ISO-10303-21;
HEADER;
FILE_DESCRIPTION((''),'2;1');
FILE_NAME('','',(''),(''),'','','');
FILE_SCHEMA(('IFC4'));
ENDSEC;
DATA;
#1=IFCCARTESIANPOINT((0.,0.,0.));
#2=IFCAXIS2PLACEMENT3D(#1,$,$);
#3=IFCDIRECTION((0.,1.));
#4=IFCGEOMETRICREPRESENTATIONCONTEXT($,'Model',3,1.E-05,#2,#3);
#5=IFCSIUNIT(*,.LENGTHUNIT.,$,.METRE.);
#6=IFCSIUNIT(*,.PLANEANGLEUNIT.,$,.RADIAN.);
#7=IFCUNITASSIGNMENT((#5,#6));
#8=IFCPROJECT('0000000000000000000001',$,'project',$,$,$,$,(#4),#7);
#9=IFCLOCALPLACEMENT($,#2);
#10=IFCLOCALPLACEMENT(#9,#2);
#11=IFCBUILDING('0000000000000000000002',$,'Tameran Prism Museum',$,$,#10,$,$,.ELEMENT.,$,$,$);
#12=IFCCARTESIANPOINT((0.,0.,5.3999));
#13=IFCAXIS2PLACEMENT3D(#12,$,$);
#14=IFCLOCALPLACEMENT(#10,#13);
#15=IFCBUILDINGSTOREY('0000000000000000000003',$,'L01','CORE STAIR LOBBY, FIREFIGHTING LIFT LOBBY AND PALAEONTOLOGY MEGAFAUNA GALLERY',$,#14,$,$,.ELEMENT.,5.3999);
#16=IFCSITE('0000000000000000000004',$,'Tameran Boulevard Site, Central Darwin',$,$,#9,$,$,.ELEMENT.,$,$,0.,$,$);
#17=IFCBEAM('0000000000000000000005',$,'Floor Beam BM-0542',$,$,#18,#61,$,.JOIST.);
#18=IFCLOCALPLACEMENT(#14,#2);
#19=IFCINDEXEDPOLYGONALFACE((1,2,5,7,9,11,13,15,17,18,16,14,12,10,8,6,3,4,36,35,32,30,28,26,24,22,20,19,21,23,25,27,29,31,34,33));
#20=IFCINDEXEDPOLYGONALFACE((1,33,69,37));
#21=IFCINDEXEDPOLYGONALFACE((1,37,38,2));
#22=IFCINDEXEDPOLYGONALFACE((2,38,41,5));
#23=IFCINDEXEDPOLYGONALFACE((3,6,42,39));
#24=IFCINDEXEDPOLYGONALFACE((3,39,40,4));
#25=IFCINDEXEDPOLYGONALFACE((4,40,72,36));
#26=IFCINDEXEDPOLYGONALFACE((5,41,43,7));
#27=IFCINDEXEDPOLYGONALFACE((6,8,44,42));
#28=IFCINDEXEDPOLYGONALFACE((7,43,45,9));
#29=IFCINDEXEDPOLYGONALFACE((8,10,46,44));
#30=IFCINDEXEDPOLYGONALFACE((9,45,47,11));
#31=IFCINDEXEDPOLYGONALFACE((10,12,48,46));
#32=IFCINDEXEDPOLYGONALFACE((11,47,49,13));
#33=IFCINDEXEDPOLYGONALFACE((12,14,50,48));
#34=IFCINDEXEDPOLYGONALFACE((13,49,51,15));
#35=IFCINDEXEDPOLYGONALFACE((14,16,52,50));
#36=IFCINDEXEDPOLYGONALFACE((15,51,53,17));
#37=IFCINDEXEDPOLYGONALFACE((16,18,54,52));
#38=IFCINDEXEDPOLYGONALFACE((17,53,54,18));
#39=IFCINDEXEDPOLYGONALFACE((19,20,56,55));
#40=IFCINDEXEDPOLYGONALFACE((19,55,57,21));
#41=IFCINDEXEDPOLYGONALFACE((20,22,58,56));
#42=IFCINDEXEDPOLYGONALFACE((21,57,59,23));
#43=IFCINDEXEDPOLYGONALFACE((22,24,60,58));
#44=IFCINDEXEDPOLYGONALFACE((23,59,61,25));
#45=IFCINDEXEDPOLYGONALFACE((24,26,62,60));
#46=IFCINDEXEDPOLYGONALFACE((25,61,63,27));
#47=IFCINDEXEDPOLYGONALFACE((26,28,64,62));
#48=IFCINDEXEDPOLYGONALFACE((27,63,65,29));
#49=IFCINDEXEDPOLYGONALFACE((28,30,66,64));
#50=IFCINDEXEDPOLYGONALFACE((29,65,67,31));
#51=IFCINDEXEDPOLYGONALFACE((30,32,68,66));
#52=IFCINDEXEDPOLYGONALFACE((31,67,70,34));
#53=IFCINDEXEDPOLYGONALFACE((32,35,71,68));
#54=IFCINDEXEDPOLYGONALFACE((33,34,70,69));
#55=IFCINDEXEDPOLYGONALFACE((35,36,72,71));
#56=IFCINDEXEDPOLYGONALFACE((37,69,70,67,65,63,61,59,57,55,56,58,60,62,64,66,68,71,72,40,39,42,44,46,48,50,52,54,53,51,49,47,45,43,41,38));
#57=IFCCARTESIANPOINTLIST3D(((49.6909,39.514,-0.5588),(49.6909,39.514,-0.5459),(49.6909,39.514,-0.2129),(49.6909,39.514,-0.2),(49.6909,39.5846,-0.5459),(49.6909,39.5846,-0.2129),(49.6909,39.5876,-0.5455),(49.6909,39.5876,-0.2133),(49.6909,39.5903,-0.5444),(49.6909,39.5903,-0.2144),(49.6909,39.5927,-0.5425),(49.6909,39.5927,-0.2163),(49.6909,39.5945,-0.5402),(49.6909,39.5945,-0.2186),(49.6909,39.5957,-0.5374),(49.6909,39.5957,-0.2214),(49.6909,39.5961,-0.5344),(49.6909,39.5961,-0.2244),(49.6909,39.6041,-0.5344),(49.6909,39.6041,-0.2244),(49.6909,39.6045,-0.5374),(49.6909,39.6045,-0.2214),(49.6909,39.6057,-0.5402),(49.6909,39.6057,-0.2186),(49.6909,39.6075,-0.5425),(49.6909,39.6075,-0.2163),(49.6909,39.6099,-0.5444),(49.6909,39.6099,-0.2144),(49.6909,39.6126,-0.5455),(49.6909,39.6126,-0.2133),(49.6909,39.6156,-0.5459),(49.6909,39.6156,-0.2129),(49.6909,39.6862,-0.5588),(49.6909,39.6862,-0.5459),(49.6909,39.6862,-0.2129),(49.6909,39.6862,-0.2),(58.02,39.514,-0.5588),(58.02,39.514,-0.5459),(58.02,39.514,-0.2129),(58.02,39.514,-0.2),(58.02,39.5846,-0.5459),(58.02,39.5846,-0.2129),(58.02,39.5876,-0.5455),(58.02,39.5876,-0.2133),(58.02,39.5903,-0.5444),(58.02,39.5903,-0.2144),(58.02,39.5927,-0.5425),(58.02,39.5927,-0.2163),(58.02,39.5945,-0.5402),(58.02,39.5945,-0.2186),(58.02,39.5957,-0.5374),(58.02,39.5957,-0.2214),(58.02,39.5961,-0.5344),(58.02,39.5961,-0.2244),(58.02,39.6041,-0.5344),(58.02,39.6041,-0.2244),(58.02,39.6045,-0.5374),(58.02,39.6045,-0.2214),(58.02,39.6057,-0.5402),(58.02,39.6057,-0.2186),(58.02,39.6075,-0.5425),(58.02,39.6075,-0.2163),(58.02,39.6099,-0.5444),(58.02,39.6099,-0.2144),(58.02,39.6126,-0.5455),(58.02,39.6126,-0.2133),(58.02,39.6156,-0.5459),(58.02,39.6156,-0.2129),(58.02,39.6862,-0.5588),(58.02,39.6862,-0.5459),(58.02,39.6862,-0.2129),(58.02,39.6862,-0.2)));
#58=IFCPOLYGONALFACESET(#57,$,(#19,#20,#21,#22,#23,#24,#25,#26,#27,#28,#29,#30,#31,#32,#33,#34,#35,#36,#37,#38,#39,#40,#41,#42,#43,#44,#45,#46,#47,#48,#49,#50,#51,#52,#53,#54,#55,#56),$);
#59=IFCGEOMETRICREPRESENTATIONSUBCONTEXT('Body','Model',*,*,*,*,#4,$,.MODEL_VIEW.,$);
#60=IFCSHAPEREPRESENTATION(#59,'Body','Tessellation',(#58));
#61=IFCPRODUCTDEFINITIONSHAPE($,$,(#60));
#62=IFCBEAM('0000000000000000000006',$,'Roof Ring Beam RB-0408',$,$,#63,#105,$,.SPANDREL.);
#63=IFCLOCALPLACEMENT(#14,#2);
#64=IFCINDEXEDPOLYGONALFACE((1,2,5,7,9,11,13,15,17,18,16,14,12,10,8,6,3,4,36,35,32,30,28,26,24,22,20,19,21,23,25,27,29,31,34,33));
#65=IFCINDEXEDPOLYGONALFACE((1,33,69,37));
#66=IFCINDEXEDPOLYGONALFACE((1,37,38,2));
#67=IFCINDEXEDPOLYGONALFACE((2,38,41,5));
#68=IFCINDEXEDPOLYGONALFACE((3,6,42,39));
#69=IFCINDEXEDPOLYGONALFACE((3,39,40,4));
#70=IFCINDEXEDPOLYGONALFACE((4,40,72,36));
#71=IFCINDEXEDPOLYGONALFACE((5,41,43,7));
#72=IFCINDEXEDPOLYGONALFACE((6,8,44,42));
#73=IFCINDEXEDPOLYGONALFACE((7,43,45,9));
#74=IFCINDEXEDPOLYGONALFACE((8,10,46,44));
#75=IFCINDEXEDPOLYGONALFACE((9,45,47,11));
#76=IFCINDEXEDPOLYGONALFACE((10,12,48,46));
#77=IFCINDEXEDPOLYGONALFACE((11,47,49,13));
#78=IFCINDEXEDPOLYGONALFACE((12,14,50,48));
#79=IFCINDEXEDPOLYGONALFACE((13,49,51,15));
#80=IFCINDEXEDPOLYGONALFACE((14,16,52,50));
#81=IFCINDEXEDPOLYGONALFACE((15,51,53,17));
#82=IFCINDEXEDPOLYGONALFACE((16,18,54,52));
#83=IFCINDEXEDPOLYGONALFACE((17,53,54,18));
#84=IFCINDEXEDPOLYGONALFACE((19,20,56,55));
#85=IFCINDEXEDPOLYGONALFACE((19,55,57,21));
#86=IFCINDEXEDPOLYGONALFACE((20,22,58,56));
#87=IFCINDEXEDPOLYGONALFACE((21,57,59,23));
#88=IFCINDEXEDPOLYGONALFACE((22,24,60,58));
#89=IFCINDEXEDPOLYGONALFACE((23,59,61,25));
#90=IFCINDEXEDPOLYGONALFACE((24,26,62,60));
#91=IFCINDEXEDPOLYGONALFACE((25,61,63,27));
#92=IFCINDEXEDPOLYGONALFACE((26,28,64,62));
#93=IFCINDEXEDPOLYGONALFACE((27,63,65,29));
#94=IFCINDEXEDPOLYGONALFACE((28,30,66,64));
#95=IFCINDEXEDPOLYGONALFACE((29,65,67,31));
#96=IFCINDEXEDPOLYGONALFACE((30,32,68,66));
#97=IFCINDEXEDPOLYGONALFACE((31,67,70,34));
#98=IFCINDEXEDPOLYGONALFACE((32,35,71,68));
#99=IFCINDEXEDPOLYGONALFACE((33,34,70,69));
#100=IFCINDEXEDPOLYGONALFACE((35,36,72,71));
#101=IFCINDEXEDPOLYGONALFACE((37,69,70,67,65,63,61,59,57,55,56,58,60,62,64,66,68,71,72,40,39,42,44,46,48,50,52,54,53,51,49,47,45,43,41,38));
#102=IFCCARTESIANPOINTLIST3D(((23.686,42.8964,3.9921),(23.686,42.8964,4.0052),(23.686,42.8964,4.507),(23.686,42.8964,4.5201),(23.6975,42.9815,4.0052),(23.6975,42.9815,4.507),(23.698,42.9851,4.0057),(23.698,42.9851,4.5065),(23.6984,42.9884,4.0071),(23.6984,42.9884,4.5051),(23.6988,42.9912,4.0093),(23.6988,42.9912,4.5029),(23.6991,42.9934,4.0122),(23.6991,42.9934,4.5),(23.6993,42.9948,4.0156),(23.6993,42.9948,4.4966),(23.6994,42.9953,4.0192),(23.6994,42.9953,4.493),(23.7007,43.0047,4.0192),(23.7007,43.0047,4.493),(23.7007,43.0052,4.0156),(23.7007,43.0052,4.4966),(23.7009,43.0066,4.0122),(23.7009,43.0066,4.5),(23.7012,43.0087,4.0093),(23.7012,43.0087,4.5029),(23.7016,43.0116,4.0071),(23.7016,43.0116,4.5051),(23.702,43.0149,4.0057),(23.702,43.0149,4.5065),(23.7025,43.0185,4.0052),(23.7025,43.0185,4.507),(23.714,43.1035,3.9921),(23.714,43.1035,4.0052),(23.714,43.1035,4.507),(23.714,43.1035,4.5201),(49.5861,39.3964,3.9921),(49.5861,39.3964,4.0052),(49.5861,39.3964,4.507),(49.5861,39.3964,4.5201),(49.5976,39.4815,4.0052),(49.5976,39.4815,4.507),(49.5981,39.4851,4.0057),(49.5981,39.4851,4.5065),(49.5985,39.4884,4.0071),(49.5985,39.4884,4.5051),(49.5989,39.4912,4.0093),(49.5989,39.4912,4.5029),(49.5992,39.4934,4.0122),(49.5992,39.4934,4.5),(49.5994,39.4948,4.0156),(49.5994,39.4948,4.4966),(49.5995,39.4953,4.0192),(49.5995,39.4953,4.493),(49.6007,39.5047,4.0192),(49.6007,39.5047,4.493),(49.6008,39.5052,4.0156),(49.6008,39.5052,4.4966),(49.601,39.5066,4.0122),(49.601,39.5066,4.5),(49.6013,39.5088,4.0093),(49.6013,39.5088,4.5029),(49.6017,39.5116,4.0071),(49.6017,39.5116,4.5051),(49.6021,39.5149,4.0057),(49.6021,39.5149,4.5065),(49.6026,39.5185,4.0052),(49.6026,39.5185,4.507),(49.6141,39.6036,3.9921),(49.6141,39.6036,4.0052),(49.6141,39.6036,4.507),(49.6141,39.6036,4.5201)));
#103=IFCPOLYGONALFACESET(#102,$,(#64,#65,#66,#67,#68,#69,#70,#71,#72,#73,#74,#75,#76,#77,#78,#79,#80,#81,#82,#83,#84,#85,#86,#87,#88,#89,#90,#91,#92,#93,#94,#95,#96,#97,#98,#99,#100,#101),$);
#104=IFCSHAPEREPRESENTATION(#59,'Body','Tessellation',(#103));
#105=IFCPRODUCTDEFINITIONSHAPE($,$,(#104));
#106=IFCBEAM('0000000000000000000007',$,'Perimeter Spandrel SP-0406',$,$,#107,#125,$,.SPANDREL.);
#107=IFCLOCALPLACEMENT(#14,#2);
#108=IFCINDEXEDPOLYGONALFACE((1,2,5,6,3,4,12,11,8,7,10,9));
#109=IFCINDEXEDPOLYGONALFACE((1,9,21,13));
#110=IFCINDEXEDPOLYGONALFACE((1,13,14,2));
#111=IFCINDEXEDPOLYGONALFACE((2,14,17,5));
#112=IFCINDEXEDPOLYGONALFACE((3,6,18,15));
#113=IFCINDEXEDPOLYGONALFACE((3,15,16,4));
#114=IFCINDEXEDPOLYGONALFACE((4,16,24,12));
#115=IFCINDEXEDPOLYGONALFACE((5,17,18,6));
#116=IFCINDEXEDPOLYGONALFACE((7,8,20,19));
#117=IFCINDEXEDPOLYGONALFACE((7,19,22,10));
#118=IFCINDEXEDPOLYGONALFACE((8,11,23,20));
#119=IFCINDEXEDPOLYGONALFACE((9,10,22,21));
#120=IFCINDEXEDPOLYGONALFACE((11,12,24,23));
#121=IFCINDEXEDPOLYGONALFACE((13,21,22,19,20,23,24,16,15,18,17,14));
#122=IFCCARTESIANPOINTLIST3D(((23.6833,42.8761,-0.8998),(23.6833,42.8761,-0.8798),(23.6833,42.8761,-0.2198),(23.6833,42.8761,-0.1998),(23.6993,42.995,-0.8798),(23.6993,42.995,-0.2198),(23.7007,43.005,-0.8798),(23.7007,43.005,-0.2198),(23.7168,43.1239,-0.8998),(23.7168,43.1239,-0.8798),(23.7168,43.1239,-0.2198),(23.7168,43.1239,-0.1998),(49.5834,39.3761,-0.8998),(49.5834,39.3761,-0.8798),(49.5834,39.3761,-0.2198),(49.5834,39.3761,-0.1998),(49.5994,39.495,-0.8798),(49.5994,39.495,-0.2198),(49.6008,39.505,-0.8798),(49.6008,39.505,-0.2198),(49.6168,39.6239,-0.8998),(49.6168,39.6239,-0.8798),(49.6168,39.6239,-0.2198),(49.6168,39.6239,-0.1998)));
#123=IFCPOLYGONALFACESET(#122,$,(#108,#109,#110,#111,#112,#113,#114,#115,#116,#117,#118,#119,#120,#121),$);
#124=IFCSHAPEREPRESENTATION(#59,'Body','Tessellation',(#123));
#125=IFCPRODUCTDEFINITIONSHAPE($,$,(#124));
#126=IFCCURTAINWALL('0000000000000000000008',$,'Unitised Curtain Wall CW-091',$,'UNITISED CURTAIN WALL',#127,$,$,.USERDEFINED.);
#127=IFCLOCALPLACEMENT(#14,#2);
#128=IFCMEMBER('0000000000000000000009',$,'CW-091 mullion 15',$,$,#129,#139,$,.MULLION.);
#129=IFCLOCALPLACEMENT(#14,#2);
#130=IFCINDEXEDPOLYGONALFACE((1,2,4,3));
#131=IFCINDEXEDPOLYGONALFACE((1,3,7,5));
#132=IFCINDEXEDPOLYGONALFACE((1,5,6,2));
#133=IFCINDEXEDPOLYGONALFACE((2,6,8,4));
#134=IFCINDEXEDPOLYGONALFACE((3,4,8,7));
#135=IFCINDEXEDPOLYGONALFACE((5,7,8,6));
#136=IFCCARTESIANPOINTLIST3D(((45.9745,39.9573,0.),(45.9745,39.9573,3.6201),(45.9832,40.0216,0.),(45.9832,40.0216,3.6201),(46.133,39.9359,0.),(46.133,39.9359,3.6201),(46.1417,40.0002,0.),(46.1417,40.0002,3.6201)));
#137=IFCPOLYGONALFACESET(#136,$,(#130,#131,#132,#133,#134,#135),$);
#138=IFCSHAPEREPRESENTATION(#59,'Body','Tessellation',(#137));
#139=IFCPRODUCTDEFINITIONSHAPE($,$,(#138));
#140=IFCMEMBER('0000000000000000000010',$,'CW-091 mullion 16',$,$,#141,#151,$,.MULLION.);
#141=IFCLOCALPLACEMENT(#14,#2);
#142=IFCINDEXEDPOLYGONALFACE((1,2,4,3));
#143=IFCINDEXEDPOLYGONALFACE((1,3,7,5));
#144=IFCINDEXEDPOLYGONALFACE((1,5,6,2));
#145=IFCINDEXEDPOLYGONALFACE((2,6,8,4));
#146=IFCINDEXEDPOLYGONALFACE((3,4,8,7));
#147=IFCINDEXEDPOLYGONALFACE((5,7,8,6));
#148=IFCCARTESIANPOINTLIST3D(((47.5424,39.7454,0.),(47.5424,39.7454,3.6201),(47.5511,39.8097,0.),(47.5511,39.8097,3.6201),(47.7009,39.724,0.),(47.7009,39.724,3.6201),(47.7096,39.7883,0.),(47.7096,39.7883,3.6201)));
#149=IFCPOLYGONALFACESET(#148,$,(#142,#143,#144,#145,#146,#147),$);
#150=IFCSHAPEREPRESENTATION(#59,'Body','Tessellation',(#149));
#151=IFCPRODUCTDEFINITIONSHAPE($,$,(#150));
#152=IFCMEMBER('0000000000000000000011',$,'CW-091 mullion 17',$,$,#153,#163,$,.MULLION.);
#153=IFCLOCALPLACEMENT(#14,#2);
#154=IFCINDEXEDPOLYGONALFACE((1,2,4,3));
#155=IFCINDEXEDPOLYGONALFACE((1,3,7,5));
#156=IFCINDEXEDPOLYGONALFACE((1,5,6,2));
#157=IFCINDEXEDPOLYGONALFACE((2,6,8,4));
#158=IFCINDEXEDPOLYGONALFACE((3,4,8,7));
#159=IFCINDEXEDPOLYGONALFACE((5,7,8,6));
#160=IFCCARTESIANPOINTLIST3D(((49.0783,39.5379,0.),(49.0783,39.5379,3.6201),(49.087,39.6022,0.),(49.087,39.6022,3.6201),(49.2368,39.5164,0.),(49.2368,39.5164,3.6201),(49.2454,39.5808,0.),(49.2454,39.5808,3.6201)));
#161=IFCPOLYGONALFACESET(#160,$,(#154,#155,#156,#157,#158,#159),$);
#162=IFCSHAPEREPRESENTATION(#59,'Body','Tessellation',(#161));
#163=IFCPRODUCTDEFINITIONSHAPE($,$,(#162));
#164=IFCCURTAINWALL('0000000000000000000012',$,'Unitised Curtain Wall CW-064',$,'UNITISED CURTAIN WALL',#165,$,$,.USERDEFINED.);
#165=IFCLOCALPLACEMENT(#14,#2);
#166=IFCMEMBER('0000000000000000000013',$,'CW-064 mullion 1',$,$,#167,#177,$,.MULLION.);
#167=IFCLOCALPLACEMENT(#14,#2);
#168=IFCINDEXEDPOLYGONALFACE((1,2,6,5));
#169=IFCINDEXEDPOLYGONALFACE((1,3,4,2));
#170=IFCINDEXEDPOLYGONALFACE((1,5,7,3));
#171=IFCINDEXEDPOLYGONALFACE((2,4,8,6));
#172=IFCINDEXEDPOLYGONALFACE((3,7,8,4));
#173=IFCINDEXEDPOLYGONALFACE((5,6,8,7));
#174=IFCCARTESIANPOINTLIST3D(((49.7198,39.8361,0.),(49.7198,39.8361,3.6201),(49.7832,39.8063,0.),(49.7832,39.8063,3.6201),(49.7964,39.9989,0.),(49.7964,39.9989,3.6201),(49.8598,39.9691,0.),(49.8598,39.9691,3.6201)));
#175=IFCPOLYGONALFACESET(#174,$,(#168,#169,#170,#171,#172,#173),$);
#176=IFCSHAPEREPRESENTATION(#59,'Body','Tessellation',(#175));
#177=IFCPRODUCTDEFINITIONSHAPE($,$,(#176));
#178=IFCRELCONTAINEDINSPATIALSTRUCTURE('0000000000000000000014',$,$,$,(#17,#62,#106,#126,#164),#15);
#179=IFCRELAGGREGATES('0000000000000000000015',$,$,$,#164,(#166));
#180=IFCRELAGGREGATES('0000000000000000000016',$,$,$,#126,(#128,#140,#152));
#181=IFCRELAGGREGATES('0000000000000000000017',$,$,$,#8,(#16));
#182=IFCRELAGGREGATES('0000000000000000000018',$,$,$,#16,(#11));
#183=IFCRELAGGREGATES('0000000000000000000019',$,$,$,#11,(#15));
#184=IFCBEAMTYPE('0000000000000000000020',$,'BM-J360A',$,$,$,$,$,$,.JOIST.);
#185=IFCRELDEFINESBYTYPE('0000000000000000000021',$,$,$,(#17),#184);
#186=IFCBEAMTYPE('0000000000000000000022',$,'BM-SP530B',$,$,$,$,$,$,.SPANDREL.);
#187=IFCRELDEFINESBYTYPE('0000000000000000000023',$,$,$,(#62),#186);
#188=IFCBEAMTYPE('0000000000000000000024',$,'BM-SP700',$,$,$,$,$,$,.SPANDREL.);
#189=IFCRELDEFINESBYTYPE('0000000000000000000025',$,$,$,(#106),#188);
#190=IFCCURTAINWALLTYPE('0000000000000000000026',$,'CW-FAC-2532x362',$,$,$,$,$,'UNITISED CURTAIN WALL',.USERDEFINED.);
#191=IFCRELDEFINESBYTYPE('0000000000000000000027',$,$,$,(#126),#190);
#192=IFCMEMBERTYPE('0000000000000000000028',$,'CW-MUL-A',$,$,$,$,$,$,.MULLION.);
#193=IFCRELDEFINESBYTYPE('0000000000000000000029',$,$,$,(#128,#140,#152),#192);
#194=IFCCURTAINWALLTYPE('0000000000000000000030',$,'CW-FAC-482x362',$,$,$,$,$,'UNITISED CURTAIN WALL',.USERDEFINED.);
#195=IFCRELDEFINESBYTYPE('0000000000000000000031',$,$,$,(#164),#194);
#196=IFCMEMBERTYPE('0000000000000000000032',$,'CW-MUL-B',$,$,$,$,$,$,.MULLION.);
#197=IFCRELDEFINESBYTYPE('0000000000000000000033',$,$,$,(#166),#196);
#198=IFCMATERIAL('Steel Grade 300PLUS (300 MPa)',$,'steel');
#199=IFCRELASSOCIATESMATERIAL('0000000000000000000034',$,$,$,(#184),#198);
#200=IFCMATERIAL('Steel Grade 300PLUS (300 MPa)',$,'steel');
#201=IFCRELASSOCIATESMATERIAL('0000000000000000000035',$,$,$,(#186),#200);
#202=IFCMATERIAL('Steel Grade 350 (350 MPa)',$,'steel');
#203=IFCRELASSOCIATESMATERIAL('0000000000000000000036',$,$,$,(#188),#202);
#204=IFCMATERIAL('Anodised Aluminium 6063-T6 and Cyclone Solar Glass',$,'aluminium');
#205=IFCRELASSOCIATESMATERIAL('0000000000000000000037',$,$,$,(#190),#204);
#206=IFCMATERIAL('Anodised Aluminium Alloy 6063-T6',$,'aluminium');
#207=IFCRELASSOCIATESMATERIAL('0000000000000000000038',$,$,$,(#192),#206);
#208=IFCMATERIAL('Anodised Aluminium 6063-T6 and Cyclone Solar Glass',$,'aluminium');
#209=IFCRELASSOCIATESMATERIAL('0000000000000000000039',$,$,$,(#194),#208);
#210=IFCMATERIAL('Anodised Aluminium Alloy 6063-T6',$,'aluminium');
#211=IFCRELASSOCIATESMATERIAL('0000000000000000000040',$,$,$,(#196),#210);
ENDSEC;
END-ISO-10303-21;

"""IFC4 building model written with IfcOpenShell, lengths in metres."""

from ifc_helpers import new_model, si_unit, direction, frame, origin, origin_2d, place, context, subcontext, project, spatial, rectangle, i_section, extrude, material, material_profile, profile_set, type_object, element, aggregate, save


model = new_model("IFC4")

# Units and contexts
model_context = context("Model", 3, precision=1e-05, world=origin(), true_north=direction((0.0, 1.0)))
body_context = subcontext(model_context, "Body", "Model", "MODEL_VIEW")
ifc_project = project(units=[si_unit("LENGTHUNIT", "METRE"), si_unit("PLANEANGLEUNIT", "RADIAN")], contexts=[model_context])

# Site, building, storey
site_placement = place(None, origin())
site = spatial("IfcSite", under=ifc_project, at=site_placement, Name="Tameran Boulevard Site, Central Darwin", CompositionType="ELEMENT", RefElevation=0.0)
building_placement = place(site_placement, origin())
building = spatial("IfcBuilding", under=site, at=building_placement, Name="Tameran Prism Museum", CompositionType="ELEMENT")
storey_placement = place(building_placement, frame((0.0, 0.0, 5.3999)))
storey = spatial("IfcBuildingStorey", under=building, at=storey_placement, Name="L01", Description="CORE STAIR LOBBY, FIREFIGHTING LIFT LOBBY AND PALAEONTOLOGY MEGAFAUNA GALLERY", CompositionType="ELEMENT", Elevation=5.3999)

# Beams
ifc_material_1 = material(Name="Steel Grade 300PLUS (300 MPa)", Category="steel")
ifc_material_profile_1 = material_profile(ifc_material_1, i_section(OverallWidth=0.1721, OverallDepth=0.3589, WebThickness=0.0081, FlangeThickness=0.0129, FilletRadius=0.0115, at=origin_2d()))
ifc_profile_set_1 = profile_set([ifc_material_profile_1])
beam_type_1 = type_object("IfcBeamType", Name="BM-J360A", PredefinedType="JOIST", material=ifc_profile_set_1)
beam_1_placement = place(storey_placement, frame((49.6909, 39.6001, -0.3794), z_axis=(1.0, 0.0, 0.0), x_axis=(0.0, 1.0, 0.0)))
element("IfcBeam", 1, at=beam_1_placement, inside=storey, type_object=beam_type_1, Name="Floor Beam BM-0542", PredefinedType="JOIST", context=body_context, shape_type="SweptSolid", body=[
    extrude(i_section(OverallWidth=0.1721, OverallDepth=0.3589, WebThickness=0.0081, FlangeThickness=0.0129, FilletRadius=0.0115, at=origin_2d()), origin(), (0.0, 0.0, 1.0), 8.3291),
])
ifc_material_2 = material(Name="Steel Grade 300PLUS (300 MPa)", Category="steel")
ifc_material_profile_2 = material_profile(ifc_material_2, i_section(OverallWidth=0.209, OverallDepth=0.5281, WebThickness=0.0095, FlangeThickness=0.0132, FilletRadius=0.0139, at=origin_2d()))
ifc_profile_set_2 = profile_set([ifc_material_profile_2])
beam_type_2 = type_object("IfcBeamType", Name="BM-SP530B", PredefinedType="SPANDREL", material=ifc_profile_set_2)
beam_2_placement = place(storey_placement, frame((49.6001, 39.5, 4.2561), z_axis=(-0.990993, 0.133917, 0.0), x_axis=(-0.133917, -0.990993, 0.0)))
element("IfcBeam", 2, at=beam_2_placement, inside=storey, type_object=beam_type_2, Name="Roof Ring Beam RB-0408", PredefinedType="SPANDREL", context=body_context, shape_type="SweptSolid", body=[
    extrude(i_section(OverallWidth=0.209, OverallDepth=0.5281, WebThickness=0.0095, FlangeThickness=0.0132, FilletRadius=0.0139, at=origin_2d()), origin(), (0.0, 0.0, 1.0), 26.1355),
])
ifc_material_3 = material(Name="Steel Grade 350 (350 MPa)", Category="steel")
ifc_material_profile_3 = material_profile(ifc_material_3, i_section(OverallWidth=0.25, OverallDepth=0.7, WebThickness=0.01, FlangeThickness=0.02, at=origin_2d()))
ifc_profile_set_3 = profile_set([ifc_material_profile_3])
beam_type_3 = type_object("IfcBeamType", Name="BM-SP700", PredefinedType="SPANDREL", material=ifc_profile_set_3)
beam_3_placement = place(storey_placement, frame((49.6001, 39.5, -0.5498), z_axis=(-0.990993, 0.133917, 0.0), x_axis=(-0.133917, -0.990993, 0.0)))
element("IfcBeam", 3, at=beam_3_placement, inside=storey, type_object=beam_type_3, Name="Perimeter Spandrel SP-0406", PredefinedType="SPANDREL", context=body_context, shape_type="SweptSolid", body=[
    extrude(i_section(OverallWidth=0.25, OverallDepth=0.7, WebThickness=0.01, FlangeThickness=0.02, at=origin_2d()), origin(), (0.0, 0.0, 1.0), 26.1355),
])

# Curtain wall, members
ifc_material_4 = material(Name="Anodised Aluminium 6063-T6 and Cyclone Solar Glass", Category="aluminium")
curtain_wall_type_1 = type_object("IfcCurtainWallType", Name="CW-FAC-2532x362", ElementType="UNITISED CURTAIN WALL", PredefinedType="USERDEFINED", material=ifc_material_4)
curtain_wall_1_placement = place(storey_placement, origin())
curtain_wall_1 = element("IfcCurtainWall", 4, at=curtain_wall_1_placement, inside=storey, type_object=curtain_wall_type_1, Name="Unitised Curtain Wall CW-091", ObjectType="UNITISED CURTAIN WALL", PredefinedType="USERDEFINED")
ifc_material_5 = material(Name="Anodised Aluminium Alloy 6063-T6", Category="aluminium")
ifc_material_profile_4 = material_profile(ifc_material_5, rectangle(XDim=0.0649, YDim=0.1599, at=origin_2d()))
ifc_profile_set_4 = profile_set([ifc_material_profile_4])
member_type_1 = type_object("IfcMemberType", Name="CW-MUL-A", PredefinedType="MULLION", material=ifc_profile_set_4)
member_1_placement = place(storey_placement, frame((46.0581, 39.9788, 0.0), z_axis=(0.0, 0.0, 1.0), x_axis=(0.133913, 0.990993, 0.0)))
member_1 = element("IfcMember", 5, at=member_1_placement, type_object=member_type_1, Name="CW-091 mullion 15", PredefinedType="MULLION", context=body_context, shape_type="SweptSolid", body=[
    extrude(rectangle(XDim=0.0649, YDim=0.1599, at=origin_2d()), origin(), (0.0, 0.0, 1.0), 3.6201),
])
member_2_placement = place(storey_placement, frame((47.626, 39.7668, 0.0), z_axis=(0.0, 0.0, 1.0), x_axis=(0.133913, 0.990993, 0.0)))
member_2 = element("IfcMember", 6, at=member_2_placement, type_object=member_type_1, Name="CW-091 mullion 16", PredefinedType="MULLION", context=body_context, shape_type="SweptSolid", body=[
    extrude(rectangle(XDim=0.0649, YDim=0.1599, at=origin_2d()), origin(), (0.0, 0.0, 1.0), 3.6201),
])
member_3_placement = place(storey_placement, frame((49.1619, 39.5593, 0.0), z_axis=(0.0, 0.0, 1.0), x_axis=(0.133913, 0.990993, 0.0)))
member_3 = element("IfcMember", 7, at=member_3_placement, type_object=member_type_1, Name="CW-091 mullion 17", PredefinedType="MULLION", context=body_context, shape_type="SweptSolid", body=[
    extrude(rectangle(XDim=0.0649, YDim=0.1599, at=origin_2d()), origin(), (0.0, 0.0, 1.0), 3.6201),
])

# Curtain wall, member
ifc_material_6 = material(Name="Anodised Aluminium 6063-T6 and Cyclone Solar Glass", Category="aluminium")
curtain_wall_type_2 = type_object("IfcCurtainWallType", Name="CW-FAC-482x362", ElementType="UNITISED CURTAIN WALL", PredefinedType="USERDEFINED", material=ifc_material_6)
curtain_wall_2_placement = place(storey_placement, origin())
curtain_wall_2 = element("IfcCurtainWall", 8, at=curtain_wall_2_placement, inside=storey, type_object=curtain_wall_type_2, Name="Unitised Curtain Wall CW-064", ObjectType="UNITISED CURTAIN WALL", PredefinedType="USERDEFINED")
ifc_material_7 = material(Name="Anodised Aluminium Alloy 6063-T6", Category="aluminium")
ifc_material_profile_5 = material_profile(ifc_material_7, rectangle(XDim=0.0701, YDim=0.1799, at=origin_2d()))
ifc_profile_set_5 = profile_set([ifc_material_profile_5])
member_type_2 = type_object("IfcMemberType", Name="CW-MUL-B", PredefinedType="MULLION", material=ifc_profile_set_5)
member_4_placement = place(storey_placement, frame((49.7898, 39.9026, 0.0), z_axis=(0.0, 0.0, 1.0), x_axis=(-0.904885, 0.425657, 0.0)))
member_4 = element("IfcMember", 9, at=member_4_placement, type_object=member_type_2, Name="CW-064 mullion 1", PredefinedType="MULLION", context=body_context, shape_type="SweptSolid", body=[
    extrude(rectangle(XDim=0.0701, YDim=0.1799, at=origin_2d()), origin(), (0.0, 0.0, 1.0), 3.6201),
])

aggregate(curtain_wall_2, [member_4])
aggregate(curtain_wall_1, [member_1, member_2, member_3])

save(model, "model.ifc")
